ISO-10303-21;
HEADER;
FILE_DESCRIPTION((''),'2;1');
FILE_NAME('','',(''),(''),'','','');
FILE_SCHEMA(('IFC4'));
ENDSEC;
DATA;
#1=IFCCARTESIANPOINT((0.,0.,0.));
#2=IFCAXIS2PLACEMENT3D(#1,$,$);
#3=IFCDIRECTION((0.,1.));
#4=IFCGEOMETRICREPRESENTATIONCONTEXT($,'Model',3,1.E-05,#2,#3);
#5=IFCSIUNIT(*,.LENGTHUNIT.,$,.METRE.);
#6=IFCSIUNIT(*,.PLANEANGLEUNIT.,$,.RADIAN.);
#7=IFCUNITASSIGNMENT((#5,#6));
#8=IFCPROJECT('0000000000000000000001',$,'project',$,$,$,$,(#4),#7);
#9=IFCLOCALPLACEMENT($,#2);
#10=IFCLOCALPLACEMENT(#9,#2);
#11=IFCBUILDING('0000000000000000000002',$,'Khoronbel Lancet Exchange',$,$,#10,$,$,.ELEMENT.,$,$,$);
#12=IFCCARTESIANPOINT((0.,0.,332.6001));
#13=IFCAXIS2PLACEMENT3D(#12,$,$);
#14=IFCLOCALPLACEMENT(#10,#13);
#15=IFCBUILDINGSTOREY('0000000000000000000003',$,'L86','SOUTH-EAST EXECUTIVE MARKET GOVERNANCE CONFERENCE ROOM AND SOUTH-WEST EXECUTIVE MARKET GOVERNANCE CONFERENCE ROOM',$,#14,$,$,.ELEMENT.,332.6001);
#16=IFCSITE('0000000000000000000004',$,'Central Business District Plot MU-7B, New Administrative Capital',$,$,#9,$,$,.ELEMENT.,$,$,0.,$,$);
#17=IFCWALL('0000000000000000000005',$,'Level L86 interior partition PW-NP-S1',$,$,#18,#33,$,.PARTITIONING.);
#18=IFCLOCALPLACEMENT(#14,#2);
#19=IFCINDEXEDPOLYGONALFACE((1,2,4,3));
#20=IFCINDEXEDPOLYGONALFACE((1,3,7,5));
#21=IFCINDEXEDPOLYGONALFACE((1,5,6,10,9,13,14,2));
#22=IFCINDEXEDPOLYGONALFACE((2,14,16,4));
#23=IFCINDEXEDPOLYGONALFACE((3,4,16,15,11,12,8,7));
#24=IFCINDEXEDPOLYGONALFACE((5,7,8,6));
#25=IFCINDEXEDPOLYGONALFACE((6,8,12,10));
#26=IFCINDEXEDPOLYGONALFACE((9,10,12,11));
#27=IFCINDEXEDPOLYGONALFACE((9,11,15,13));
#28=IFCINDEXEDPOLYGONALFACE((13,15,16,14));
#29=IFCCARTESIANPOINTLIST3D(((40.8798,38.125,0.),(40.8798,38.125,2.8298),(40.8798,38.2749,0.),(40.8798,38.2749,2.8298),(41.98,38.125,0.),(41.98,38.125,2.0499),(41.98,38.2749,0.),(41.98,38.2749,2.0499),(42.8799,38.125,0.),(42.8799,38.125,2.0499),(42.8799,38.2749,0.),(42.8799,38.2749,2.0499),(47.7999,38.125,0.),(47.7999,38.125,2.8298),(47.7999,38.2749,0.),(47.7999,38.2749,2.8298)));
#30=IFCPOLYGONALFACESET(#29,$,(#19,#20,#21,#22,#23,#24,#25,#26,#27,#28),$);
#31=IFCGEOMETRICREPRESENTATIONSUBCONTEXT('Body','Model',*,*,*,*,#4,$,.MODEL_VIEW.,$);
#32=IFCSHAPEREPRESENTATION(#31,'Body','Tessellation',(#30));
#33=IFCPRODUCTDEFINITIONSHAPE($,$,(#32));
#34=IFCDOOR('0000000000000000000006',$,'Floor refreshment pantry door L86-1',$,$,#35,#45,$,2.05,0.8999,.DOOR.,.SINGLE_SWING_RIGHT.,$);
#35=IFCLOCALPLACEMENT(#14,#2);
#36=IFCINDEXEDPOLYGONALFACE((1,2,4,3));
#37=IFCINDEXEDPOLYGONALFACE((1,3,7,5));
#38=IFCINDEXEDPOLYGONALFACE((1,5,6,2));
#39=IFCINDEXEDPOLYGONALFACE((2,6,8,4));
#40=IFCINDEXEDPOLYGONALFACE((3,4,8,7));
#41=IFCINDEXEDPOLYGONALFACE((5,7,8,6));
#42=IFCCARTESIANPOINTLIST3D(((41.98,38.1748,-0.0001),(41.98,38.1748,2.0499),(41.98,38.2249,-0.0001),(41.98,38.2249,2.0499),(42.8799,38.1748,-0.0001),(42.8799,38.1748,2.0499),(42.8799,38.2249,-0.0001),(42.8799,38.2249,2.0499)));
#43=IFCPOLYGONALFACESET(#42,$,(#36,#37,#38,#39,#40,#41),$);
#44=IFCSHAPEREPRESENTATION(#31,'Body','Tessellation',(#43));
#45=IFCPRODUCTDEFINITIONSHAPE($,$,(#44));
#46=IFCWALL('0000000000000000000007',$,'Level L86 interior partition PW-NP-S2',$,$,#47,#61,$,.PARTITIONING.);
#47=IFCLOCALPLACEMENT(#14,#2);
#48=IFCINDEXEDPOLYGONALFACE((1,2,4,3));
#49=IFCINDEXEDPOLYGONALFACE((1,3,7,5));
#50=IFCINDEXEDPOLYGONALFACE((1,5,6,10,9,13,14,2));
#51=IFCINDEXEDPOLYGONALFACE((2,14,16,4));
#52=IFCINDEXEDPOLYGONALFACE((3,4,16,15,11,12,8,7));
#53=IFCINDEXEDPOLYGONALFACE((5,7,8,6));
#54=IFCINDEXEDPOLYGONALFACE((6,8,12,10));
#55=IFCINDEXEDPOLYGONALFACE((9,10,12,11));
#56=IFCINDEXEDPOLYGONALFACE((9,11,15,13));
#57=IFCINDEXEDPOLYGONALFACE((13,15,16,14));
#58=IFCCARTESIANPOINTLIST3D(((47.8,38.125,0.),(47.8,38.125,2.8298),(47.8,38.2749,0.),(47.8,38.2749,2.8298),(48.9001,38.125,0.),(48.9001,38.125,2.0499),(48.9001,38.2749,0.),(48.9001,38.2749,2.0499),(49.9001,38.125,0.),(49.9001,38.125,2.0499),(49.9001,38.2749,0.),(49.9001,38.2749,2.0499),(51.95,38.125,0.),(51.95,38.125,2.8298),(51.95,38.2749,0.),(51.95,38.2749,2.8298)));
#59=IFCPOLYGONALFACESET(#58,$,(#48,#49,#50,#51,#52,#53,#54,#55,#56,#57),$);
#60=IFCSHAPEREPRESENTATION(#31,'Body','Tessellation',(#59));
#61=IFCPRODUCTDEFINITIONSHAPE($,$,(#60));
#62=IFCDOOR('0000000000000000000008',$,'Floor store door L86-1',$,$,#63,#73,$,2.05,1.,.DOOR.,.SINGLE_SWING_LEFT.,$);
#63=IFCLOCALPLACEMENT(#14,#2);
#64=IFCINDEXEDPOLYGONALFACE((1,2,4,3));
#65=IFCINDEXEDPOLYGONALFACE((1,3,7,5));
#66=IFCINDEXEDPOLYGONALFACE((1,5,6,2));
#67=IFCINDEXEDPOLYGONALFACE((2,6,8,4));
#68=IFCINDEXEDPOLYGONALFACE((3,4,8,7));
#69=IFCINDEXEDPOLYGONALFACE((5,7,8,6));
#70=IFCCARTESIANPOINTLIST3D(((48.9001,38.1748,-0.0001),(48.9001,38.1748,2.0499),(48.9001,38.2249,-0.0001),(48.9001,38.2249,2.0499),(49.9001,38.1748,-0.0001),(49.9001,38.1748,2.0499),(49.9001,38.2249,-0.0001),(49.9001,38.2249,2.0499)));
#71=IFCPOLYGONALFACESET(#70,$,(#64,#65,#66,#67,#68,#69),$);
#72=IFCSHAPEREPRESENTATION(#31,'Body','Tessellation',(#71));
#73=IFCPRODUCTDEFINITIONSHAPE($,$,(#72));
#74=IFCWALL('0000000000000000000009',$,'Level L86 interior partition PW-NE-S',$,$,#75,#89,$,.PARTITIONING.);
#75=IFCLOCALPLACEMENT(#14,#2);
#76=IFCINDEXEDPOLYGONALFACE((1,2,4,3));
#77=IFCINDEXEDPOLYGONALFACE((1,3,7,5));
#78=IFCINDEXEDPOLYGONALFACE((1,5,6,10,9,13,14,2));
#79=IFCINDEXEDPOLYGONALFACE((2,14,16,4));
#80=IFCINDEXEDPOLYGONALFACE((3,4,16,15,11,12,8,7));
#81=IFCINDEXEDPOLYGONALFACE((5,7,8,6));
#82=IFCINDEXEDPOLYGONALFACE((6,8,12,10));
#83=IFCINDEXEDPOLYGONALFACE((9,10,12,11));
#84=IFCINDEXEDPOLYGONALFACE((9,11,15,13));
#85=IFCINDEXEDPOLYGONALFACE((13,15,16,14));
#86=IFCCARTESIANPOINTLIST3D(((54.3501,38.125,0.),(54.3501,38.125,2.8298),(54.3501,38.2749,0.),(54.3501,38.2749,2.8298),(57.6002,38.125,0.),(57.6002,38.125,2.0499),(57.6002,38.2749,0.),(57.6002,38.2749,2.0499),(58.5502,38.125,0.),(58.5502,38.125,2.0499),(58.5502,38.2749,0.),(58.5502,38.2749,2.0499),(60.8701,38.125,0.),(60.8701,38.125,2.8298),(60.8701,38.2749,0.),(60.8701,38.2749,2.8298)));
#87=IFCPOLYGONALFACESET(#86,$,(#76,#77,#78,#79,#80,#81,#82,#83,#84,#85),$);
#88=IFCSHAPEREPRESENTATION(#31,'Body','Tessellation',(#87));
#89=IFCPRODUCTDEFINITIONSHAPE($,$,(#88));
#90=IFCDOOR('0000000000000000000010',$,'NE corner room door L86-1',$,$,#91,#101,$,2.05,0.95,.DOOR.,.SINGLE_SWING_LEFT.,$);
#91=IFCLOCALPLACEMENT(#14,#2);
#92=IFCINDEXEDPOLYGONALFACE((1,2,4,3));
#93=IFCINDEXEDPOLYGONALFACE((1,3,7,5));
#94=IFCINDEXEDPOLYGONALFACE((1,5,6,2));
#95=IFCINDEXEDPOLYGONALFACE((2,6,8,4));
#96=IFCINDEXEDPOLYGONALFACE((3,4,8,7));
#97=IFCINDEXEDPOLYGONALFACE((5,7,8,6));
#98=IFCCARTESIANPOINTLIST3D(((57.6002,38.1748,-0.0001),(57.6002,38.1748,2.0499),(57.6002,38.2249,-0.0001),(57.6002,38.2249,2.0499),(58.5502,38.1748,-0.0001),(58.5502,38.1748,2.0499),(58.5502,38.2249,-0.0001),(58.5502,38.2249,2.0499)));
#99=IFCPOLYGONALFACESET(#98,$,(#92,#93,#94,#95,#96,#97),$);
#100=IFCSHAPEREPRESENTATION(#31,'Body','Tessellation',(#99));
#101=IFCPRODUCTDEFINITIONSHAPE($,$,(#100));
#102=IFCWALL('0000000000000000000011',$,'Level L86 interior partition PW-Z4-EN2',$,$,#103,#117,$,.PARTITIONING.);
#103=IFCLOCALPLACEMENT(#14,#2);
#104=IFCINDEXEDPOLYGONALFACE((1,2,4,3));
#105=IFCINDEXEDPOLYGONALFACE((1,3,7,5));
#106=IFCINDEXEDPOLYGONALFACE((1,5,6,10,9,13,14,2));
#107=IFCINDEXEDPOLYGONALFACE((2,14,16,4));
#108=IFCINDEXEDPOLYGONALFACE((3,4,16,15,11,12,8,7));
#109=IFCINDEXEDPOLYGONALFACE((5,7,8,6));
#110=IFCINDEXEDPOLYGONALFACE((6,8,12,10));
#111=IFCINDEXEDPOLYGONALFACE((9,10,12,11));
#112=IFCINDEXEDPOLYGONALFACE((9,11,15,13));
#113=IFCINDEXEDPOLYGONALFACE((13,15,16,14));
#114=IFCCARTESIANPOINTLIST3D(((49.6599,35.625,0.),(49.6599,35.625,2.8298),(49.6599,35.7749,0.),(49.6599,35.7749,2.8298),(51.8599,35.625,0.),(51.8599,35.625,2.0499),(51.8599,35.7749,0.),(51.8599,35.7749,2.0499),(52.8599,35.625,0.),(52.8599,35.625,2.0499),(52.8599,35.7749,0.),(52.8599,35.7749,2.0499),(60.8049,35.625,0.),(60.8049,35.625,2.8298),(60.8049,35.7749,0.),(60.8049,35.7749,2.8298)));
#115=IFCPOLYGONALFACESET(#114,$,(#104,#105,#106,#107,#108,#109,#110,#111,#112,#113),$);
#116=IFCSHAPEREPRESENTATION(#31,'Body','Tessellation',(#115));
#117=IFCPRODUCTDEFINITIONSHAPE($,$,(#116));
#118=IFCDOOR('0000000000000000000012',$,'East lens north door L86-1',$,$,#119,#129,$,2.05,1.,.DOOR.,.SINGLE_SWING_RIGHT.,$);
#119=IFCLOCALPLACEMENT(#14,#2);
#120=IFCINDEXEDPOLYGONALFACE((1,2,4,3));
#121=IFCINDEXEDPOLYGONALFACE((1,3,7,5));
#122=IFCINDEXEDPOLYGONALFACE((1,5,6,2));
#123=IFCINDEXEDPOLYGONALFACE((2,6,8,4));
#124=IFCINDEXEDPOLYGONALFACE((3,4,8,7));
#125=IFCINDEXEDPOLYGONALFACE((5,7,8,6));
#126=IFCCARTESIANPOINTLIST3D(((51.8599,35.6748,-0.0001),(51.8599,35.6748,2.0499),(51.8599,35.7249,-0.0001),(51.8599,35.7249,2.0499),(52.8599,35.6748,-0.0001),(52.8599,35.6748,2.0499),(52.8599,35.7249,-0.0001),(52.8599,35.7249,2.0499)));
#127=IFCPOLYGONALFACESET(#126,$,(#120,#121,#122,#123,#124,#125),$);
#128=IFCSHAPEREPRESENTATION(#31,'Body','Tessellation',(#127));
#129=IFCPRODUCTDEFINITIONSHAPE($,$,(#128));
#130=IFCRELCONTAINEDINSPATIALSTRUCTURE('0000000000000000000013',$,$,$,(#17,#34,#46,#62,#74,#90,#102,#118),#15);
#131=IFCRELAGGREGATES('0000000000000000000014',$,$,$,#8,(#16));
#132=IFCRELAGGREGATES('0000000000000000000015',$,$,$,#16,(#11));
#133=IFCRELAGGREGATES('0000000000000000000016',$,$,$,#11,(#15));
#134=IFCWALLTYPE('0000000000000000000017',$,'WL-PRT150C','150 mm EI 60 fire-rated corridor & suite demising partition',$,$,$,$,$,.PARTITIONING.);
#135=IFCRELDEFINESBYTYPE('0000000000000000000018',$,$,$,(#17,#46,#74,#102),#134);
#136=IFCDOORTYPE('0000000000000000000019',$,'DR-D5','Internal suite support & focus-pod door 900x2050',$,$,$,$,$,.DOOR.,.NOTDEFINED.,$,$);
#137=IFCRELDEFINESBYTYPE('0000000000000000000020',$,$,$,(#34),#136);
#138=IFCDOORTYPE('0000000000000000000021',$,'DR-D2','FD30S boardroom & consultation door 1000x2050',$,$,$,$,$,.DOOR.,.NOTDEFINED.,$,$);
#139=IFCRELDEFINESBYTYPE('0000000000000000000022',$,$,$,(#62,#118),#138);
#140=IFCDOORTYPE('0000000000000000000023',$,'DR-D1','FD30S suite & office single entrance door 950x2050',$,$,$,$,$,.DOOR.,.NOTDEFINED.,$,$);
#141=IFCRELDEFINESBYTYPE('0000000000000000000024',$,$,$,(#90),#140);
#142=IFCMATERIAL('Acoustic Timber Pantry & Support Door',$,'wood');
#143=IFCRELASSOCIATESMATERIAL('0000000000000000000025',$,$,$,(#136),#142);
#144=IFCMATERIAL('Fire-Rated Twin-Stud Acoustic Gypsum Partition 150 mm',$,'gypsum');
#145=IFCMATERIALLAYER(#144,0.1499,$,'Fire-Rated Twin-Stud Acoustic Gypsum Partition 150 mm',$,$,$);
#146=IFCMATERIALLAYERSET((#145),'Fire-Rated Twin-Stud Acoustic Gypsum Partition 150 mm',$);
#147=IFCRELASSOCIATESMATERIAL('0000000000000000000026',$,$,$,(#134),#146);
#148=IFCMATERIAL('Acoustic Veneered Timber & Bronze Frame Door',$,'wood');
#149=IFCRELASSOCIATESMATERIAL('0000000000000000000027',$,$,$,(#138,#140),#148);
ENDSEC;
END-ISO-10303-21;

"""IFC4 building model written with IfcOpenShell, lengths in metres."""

from ifc_helpers import new_model, si_unit, direction, frame, frame_2d, origin, place, context, subcontext, project, spatial, rectangle, extrude, material, layer, layer_set, type_object, element, fill, save


model = new_model("IFC4")

# Units and contexts
model_context = context("Model", 3, precision=1e-05, world=origin(), true_north=direction((0.0, 1.0)))
body_context = subcontext(model_context, "Body", "Model", "MODEL_VIEW")
ifc_project = project(units=[si_unit("LENGTHUNIT", "METRE"), si_unit("PLANEANGLEUNIT", "RADIAN")], contexts=[model_context])

# Site, building, storey
site_placement = place(None, origin())
site = spatial("IfcSite", under=ifc_project, at=site_placement, Name="Central Business District Plot MU-7B, New Administrative Capital", CompositionType="ELEMENT", RefElevation=0.0)
building_placement = place(site_placement, origin())
building = spatial("IfcBuilding", under=site, at=building_placement, Name="Khoronbel Lancet Exchange", CompositionType="ELEMENT")
storey_placement = place(building_placement, frame((0.0, 0.0, 332.6001)))
storey = spatial("IfcBuildingStorey", under=building, at=storey_placement, Name="L86", Description="SOUTH-EAST EXECUTIVE MARKET GOVERNANCE CONFERENCE ROOM AND SOUTH-WEST EXECUTIVE MARKET GOVERNANCE CONFERENCE ROOM", CompositionType="ELEMENT", Elevation=332.6001)

# Walls, openings, doors
ifc_material_1 = material(Name="Acoustic Timber Pantry & Support Door", Category="wood")
door_type_1 = type_object("IfcDoorType", Name="DR-D5", Description="Internal suite support & focus-pod door 900x2050", OperationType="NOTDEFINED", PredefinedType="DOOR", material=ifc_material_1)
ifc_material_2 = material(Name="Fire-Rated Twin-Stud Acoustic Gypsum Partition 150 mm", Category="gypsum")
ifc_layer_1 = layer(ifc_material_2, 0.1499, Name="Fire-Rated Twin-Stud Acoustic Gypsum Partition 150 mm")
ifc_layer_set_1 = layer_set([ifc_layer_1], Name="Fire-Rated Twin-Stud Acoustic Gypsum Partition 150 mm")
wall_type_1 = type_object("IfcWallType", Name="WL-PRT150C", Description="150 mm EI 60 fire-rated corridor & suite demising partition", PredefinedType="PARTITIONING", material=ifc_layer_set_1)
wall_1_placement = place(storey_placement, frame((40.8799, 38.2, 0.0), z_axis=(0.0, 0.0, 1.0), x_axis=(1.0, 0.0, 0.0)))
wall_1 = element("IfcWall", 1, at=wall_1_placement, inside=storey, type_object=wall_type_1, Name="Level L86 interior partition PW-NP-S1", PredefinedType="PARTITIONING", context=body_context, shape_type="SweptSolid", body=[
    extrude(rectangle(XDim=6.9202, YDim=0.1499, at=frame_2d((3.46, 0.0))), origin(), (0.0, 0.0, 1.0), 2.8298),
])
opening_1_placement = place(wall_1_placement, frame((1.1001, 0.0, 0.0)))
opening_1 = element("IfcOpeningElement", 2, at=opening_1_placement, cuts=wall_1, PredefinedType="OPENING", context=body_context, shape_type="SweptSolid", body=[
    extrude(rectangle(XDim=0.8999, YDim=2.05, at=frame_2d((0.45, 1.0249))), frame((0.0, 0.085, 0.0), z_axis=(0.0, -1.0, 0.0), x_axis=(1.0, 0.0, 0.0)), (0.0, 0.0, 1.0), 0.1699),
])
door_1_placement = place(opening_1_placement, origin())
door_1 = element("IfcDoor", 3, at=door_1_placement, inside=storey, type_object=door_type_1, Name="Floor refreshment pantry door L86-1", OperationType="SINGLE_SWING_RIGHT", OverallHeight=2.05, OverallWidth=0.8999, PredefinedType="DOOR", context=body_context, shape_type="SweptSolid", body=[
    extrude(rectangle(XDim=0.8999, YDim=2.05, at=frame_2d((0.45, 1.0249))), frame((0.0, 0.0249, 0.0), z_axis=(0.0, -1.0, 0.0), x_axis=(1.0, 0.0, 0.0)), (0.0, 0.0, 1.0), 0.05),
])
fill(opening_1, door_1)
wall_2_placement = place(storey_placement, frame((47.8, 38.2, 0.0), z_axis=(0.0, 0.0, 1.0), x_axis=(1.0, 0.0, 0.0)))
wall_2 = element("IfcWall", 4, at=wall_2_placement, inside=storey, type_object=wall_type_1, Name="Level L86 interior partition PW-NP-S2", PredefinedType="PARTITIONING", context=body_context, shape_type="SweptSolid", body=[
    extrude(rectangle(XDim=4.1499, YDim=0.1499, at=frame_2d((2.075, 0.0))), origin(), (0.0, 0.0, 1.0), 2.8298),
])
opening_2_placement = place(wall_2_placement, frame((1.1001, 0.0, 0.0)))
opening_2 = element("IfcOpeningElement", 5, at=opening_2_placement, cuts=wall_2, PredefinedType="OPENING", context=body_context, shape_type="SweptSolid", body=[
    extrude(rectangle(XDim=1.0, YDim=2.05, at=frame_2d((0.5, 1.0249))), frame((0.0, 0.085, 0.0), z_axis=(0.0, -1.0, 0.0), x_axis=(1.0, 0.0, 0.0)), (0.0, 0.0, 1.0), 0.1699),
])
ifc_material_3 = material(Name="Acoustic Veneered Timber & Bronze Frame Door", Category="wood")
door_type_2 = type_object("IfcDoorType", Name="DR-D2", Description="FD30S boardroom & consultation door 1000x2050", OperationType="NOTDEFINED", PredefinedType="DOOR", material=ifc_material_3)
door_2_placement = place(opening_2_placement, origin())
door_2 = element("IfcDoor", 6, at=door_2_placement, inside=storey, type_object=door_type_2, Name="Floor store door L86-1", OperationType="SINGLE_SWING_LEFT", OverallHeight=2.05, OverallWidth=1.0, PredefinedType="DOOR", context=body_context, shape_type="SweptSolid", body=[
    extrude(rectangle(XDim=1.0, YDim=2.05, at=frame_2d((0.5, 1.0249))), frame((0.0, 0.0249, 0.0), z_axis=(0.0, -1.0, 0.0), x_axis=(1.0, 0.0, 0.0)), (0.0, 0.0, 1.0), 0.05),
])
fill(opening_2, door_2)
wall_3_placement = place(storey_placement, frame((54.3501, 38.2, 0.0), z_axis=(0.0, 0.0, 1.0), x_axis=(1.0, 0.0, 0.0)))
wall_3 = element("IfcWall", 7, at=wall_3_placement, inside=storey, type_object=wall_type_1, Name="Level L86 interior partition PW-NE-S", PredefinedType="PARTITIONING", context=body_context, shape_type="SweptSolid", body=[
    extrude(rectangle(XDim=6.52, YDim=0.1499, at=frame_2d((3.26, 0.0))), origin(), (0.0, 0.0, 1.0), 2.8298),
])
opening_3_placement = place(wall_3_placement, frame((3.25, 0.0, 0.0)))
opening_3 = element("IfcOpeningElement", 8, at=opening_3_placement, cuts=wall_3, PredefinedType="OPENING", context=body_context, shape_type="SweptSolid", body=[
    extrude(rectangle(XDim=0.95, YDim=2.05, at=frame_2d((0.4751, 1.0249))), frame((0.0, 0.085, 0.0), z_axis=(0.0, -1.0, 0.0), x_axis=(1.0, 0.0, 0.0)), (0.0, 0.0, 1.0), 0.1699),
])
door_type_3 = type_object("IfcDoorType", Name="DR-D1", Description="FD30S suite & office single entrance door 950x2050", OperationType="NOTDEFINED", PredefinedType="DOOR", material=ifc_material_3)
door_3_placement = place(opening_3_placement, origin())
door_3 = element("IfcDoor", 9, at=door_3_placement, inside=storey, type_object=door_type_3, Name="NE corner room door L86-1", OperationType="SINGLE_SWING_LEFT", OverallHeight=2.05, OverallWidth=0.95, PredefinedType="DOOR", context=body_context, shape_type="SweptSolid", body=[
    extrude(rectangle(XDim=0.95, YDim=2.05, at=frame_2d((0.4751, 1.0249))), frame((0.0, 0.0249, 0.0), z_axis=(0.0, -1.0, 0.0), x_axis=(1.0, 0.0, 0.0)), (0.0, 0.0, 1.0), 0.05),
])
fill(opening_3, door_3)
wall_4_placement = place(storey_placement, frame((49.6599, 35.7, 0.0), z_axis=(0.0, 0.0, 1.0), x_axis=(1.0, 0.0, 0.0)))
wall_4 = element("IfcWall", 10, at=wall_4_placement, inside=storey, type_object=wall_type_1, Name="Level L86 interior partition PW-Z4-EN2", PredefinedType="PARTITIONING", context=body_context, shape_type="SweptSolid", body=[
    extrude(rectangle(XDim=11.145, YDim=0.1499, at=frame_2d((5.5725, 0.0))), origin(), (0.0, 0.0, 1.0), 2.8298),
])
opening_4_placement = place(wall_4_placement, frame((2.2, 0.0, 0.0)))
opening_4 = element("IfcOpeningElement", 11, at=opening_4_placement, cuts=wall_4, PredefinedType="OPENING", context=body_context, shape_type="SweptSolid", body=[
    extrude(rectangle(XDim=1.0, YDim=2.05, at=frame_2d((0.5, 1.0249))), frame((0.0, 0.085, 0.0), z_axis=(0.0, -1.0, 0.0), x_axis=(1.0, 0.0, 0.0)), (0.0, 0.0, 1.0), 0.1699),
])
door_4_placement = place(opening_4_placement, origin())
door_4 = element("IfcDoor", 12, at=door_4_placement, inside=storey, type_object=door_type_2, Name="East lens north door L86-1", OperationType="SINGLE_SWING_RIGHT", OverallHeight=2.05, OverallWidth=1.0, PredefinedType="DOOR", context=body_context, shape_type="SweptSolid", body=[
    extrude(rectangle(XDim=1.0, YDim=2.05, at=frame_2d((0.5, 1.0249))), frame((0.0, 0.0249, 0.0), z_axis=(0.0, -1.0, 0.0), x_axis=(1.0, 0.0, 0.0)), (0.0, 0.0, 1.0), 0.05),
])
fill(opening_4, door_4)

save(model, "model.ifc")
